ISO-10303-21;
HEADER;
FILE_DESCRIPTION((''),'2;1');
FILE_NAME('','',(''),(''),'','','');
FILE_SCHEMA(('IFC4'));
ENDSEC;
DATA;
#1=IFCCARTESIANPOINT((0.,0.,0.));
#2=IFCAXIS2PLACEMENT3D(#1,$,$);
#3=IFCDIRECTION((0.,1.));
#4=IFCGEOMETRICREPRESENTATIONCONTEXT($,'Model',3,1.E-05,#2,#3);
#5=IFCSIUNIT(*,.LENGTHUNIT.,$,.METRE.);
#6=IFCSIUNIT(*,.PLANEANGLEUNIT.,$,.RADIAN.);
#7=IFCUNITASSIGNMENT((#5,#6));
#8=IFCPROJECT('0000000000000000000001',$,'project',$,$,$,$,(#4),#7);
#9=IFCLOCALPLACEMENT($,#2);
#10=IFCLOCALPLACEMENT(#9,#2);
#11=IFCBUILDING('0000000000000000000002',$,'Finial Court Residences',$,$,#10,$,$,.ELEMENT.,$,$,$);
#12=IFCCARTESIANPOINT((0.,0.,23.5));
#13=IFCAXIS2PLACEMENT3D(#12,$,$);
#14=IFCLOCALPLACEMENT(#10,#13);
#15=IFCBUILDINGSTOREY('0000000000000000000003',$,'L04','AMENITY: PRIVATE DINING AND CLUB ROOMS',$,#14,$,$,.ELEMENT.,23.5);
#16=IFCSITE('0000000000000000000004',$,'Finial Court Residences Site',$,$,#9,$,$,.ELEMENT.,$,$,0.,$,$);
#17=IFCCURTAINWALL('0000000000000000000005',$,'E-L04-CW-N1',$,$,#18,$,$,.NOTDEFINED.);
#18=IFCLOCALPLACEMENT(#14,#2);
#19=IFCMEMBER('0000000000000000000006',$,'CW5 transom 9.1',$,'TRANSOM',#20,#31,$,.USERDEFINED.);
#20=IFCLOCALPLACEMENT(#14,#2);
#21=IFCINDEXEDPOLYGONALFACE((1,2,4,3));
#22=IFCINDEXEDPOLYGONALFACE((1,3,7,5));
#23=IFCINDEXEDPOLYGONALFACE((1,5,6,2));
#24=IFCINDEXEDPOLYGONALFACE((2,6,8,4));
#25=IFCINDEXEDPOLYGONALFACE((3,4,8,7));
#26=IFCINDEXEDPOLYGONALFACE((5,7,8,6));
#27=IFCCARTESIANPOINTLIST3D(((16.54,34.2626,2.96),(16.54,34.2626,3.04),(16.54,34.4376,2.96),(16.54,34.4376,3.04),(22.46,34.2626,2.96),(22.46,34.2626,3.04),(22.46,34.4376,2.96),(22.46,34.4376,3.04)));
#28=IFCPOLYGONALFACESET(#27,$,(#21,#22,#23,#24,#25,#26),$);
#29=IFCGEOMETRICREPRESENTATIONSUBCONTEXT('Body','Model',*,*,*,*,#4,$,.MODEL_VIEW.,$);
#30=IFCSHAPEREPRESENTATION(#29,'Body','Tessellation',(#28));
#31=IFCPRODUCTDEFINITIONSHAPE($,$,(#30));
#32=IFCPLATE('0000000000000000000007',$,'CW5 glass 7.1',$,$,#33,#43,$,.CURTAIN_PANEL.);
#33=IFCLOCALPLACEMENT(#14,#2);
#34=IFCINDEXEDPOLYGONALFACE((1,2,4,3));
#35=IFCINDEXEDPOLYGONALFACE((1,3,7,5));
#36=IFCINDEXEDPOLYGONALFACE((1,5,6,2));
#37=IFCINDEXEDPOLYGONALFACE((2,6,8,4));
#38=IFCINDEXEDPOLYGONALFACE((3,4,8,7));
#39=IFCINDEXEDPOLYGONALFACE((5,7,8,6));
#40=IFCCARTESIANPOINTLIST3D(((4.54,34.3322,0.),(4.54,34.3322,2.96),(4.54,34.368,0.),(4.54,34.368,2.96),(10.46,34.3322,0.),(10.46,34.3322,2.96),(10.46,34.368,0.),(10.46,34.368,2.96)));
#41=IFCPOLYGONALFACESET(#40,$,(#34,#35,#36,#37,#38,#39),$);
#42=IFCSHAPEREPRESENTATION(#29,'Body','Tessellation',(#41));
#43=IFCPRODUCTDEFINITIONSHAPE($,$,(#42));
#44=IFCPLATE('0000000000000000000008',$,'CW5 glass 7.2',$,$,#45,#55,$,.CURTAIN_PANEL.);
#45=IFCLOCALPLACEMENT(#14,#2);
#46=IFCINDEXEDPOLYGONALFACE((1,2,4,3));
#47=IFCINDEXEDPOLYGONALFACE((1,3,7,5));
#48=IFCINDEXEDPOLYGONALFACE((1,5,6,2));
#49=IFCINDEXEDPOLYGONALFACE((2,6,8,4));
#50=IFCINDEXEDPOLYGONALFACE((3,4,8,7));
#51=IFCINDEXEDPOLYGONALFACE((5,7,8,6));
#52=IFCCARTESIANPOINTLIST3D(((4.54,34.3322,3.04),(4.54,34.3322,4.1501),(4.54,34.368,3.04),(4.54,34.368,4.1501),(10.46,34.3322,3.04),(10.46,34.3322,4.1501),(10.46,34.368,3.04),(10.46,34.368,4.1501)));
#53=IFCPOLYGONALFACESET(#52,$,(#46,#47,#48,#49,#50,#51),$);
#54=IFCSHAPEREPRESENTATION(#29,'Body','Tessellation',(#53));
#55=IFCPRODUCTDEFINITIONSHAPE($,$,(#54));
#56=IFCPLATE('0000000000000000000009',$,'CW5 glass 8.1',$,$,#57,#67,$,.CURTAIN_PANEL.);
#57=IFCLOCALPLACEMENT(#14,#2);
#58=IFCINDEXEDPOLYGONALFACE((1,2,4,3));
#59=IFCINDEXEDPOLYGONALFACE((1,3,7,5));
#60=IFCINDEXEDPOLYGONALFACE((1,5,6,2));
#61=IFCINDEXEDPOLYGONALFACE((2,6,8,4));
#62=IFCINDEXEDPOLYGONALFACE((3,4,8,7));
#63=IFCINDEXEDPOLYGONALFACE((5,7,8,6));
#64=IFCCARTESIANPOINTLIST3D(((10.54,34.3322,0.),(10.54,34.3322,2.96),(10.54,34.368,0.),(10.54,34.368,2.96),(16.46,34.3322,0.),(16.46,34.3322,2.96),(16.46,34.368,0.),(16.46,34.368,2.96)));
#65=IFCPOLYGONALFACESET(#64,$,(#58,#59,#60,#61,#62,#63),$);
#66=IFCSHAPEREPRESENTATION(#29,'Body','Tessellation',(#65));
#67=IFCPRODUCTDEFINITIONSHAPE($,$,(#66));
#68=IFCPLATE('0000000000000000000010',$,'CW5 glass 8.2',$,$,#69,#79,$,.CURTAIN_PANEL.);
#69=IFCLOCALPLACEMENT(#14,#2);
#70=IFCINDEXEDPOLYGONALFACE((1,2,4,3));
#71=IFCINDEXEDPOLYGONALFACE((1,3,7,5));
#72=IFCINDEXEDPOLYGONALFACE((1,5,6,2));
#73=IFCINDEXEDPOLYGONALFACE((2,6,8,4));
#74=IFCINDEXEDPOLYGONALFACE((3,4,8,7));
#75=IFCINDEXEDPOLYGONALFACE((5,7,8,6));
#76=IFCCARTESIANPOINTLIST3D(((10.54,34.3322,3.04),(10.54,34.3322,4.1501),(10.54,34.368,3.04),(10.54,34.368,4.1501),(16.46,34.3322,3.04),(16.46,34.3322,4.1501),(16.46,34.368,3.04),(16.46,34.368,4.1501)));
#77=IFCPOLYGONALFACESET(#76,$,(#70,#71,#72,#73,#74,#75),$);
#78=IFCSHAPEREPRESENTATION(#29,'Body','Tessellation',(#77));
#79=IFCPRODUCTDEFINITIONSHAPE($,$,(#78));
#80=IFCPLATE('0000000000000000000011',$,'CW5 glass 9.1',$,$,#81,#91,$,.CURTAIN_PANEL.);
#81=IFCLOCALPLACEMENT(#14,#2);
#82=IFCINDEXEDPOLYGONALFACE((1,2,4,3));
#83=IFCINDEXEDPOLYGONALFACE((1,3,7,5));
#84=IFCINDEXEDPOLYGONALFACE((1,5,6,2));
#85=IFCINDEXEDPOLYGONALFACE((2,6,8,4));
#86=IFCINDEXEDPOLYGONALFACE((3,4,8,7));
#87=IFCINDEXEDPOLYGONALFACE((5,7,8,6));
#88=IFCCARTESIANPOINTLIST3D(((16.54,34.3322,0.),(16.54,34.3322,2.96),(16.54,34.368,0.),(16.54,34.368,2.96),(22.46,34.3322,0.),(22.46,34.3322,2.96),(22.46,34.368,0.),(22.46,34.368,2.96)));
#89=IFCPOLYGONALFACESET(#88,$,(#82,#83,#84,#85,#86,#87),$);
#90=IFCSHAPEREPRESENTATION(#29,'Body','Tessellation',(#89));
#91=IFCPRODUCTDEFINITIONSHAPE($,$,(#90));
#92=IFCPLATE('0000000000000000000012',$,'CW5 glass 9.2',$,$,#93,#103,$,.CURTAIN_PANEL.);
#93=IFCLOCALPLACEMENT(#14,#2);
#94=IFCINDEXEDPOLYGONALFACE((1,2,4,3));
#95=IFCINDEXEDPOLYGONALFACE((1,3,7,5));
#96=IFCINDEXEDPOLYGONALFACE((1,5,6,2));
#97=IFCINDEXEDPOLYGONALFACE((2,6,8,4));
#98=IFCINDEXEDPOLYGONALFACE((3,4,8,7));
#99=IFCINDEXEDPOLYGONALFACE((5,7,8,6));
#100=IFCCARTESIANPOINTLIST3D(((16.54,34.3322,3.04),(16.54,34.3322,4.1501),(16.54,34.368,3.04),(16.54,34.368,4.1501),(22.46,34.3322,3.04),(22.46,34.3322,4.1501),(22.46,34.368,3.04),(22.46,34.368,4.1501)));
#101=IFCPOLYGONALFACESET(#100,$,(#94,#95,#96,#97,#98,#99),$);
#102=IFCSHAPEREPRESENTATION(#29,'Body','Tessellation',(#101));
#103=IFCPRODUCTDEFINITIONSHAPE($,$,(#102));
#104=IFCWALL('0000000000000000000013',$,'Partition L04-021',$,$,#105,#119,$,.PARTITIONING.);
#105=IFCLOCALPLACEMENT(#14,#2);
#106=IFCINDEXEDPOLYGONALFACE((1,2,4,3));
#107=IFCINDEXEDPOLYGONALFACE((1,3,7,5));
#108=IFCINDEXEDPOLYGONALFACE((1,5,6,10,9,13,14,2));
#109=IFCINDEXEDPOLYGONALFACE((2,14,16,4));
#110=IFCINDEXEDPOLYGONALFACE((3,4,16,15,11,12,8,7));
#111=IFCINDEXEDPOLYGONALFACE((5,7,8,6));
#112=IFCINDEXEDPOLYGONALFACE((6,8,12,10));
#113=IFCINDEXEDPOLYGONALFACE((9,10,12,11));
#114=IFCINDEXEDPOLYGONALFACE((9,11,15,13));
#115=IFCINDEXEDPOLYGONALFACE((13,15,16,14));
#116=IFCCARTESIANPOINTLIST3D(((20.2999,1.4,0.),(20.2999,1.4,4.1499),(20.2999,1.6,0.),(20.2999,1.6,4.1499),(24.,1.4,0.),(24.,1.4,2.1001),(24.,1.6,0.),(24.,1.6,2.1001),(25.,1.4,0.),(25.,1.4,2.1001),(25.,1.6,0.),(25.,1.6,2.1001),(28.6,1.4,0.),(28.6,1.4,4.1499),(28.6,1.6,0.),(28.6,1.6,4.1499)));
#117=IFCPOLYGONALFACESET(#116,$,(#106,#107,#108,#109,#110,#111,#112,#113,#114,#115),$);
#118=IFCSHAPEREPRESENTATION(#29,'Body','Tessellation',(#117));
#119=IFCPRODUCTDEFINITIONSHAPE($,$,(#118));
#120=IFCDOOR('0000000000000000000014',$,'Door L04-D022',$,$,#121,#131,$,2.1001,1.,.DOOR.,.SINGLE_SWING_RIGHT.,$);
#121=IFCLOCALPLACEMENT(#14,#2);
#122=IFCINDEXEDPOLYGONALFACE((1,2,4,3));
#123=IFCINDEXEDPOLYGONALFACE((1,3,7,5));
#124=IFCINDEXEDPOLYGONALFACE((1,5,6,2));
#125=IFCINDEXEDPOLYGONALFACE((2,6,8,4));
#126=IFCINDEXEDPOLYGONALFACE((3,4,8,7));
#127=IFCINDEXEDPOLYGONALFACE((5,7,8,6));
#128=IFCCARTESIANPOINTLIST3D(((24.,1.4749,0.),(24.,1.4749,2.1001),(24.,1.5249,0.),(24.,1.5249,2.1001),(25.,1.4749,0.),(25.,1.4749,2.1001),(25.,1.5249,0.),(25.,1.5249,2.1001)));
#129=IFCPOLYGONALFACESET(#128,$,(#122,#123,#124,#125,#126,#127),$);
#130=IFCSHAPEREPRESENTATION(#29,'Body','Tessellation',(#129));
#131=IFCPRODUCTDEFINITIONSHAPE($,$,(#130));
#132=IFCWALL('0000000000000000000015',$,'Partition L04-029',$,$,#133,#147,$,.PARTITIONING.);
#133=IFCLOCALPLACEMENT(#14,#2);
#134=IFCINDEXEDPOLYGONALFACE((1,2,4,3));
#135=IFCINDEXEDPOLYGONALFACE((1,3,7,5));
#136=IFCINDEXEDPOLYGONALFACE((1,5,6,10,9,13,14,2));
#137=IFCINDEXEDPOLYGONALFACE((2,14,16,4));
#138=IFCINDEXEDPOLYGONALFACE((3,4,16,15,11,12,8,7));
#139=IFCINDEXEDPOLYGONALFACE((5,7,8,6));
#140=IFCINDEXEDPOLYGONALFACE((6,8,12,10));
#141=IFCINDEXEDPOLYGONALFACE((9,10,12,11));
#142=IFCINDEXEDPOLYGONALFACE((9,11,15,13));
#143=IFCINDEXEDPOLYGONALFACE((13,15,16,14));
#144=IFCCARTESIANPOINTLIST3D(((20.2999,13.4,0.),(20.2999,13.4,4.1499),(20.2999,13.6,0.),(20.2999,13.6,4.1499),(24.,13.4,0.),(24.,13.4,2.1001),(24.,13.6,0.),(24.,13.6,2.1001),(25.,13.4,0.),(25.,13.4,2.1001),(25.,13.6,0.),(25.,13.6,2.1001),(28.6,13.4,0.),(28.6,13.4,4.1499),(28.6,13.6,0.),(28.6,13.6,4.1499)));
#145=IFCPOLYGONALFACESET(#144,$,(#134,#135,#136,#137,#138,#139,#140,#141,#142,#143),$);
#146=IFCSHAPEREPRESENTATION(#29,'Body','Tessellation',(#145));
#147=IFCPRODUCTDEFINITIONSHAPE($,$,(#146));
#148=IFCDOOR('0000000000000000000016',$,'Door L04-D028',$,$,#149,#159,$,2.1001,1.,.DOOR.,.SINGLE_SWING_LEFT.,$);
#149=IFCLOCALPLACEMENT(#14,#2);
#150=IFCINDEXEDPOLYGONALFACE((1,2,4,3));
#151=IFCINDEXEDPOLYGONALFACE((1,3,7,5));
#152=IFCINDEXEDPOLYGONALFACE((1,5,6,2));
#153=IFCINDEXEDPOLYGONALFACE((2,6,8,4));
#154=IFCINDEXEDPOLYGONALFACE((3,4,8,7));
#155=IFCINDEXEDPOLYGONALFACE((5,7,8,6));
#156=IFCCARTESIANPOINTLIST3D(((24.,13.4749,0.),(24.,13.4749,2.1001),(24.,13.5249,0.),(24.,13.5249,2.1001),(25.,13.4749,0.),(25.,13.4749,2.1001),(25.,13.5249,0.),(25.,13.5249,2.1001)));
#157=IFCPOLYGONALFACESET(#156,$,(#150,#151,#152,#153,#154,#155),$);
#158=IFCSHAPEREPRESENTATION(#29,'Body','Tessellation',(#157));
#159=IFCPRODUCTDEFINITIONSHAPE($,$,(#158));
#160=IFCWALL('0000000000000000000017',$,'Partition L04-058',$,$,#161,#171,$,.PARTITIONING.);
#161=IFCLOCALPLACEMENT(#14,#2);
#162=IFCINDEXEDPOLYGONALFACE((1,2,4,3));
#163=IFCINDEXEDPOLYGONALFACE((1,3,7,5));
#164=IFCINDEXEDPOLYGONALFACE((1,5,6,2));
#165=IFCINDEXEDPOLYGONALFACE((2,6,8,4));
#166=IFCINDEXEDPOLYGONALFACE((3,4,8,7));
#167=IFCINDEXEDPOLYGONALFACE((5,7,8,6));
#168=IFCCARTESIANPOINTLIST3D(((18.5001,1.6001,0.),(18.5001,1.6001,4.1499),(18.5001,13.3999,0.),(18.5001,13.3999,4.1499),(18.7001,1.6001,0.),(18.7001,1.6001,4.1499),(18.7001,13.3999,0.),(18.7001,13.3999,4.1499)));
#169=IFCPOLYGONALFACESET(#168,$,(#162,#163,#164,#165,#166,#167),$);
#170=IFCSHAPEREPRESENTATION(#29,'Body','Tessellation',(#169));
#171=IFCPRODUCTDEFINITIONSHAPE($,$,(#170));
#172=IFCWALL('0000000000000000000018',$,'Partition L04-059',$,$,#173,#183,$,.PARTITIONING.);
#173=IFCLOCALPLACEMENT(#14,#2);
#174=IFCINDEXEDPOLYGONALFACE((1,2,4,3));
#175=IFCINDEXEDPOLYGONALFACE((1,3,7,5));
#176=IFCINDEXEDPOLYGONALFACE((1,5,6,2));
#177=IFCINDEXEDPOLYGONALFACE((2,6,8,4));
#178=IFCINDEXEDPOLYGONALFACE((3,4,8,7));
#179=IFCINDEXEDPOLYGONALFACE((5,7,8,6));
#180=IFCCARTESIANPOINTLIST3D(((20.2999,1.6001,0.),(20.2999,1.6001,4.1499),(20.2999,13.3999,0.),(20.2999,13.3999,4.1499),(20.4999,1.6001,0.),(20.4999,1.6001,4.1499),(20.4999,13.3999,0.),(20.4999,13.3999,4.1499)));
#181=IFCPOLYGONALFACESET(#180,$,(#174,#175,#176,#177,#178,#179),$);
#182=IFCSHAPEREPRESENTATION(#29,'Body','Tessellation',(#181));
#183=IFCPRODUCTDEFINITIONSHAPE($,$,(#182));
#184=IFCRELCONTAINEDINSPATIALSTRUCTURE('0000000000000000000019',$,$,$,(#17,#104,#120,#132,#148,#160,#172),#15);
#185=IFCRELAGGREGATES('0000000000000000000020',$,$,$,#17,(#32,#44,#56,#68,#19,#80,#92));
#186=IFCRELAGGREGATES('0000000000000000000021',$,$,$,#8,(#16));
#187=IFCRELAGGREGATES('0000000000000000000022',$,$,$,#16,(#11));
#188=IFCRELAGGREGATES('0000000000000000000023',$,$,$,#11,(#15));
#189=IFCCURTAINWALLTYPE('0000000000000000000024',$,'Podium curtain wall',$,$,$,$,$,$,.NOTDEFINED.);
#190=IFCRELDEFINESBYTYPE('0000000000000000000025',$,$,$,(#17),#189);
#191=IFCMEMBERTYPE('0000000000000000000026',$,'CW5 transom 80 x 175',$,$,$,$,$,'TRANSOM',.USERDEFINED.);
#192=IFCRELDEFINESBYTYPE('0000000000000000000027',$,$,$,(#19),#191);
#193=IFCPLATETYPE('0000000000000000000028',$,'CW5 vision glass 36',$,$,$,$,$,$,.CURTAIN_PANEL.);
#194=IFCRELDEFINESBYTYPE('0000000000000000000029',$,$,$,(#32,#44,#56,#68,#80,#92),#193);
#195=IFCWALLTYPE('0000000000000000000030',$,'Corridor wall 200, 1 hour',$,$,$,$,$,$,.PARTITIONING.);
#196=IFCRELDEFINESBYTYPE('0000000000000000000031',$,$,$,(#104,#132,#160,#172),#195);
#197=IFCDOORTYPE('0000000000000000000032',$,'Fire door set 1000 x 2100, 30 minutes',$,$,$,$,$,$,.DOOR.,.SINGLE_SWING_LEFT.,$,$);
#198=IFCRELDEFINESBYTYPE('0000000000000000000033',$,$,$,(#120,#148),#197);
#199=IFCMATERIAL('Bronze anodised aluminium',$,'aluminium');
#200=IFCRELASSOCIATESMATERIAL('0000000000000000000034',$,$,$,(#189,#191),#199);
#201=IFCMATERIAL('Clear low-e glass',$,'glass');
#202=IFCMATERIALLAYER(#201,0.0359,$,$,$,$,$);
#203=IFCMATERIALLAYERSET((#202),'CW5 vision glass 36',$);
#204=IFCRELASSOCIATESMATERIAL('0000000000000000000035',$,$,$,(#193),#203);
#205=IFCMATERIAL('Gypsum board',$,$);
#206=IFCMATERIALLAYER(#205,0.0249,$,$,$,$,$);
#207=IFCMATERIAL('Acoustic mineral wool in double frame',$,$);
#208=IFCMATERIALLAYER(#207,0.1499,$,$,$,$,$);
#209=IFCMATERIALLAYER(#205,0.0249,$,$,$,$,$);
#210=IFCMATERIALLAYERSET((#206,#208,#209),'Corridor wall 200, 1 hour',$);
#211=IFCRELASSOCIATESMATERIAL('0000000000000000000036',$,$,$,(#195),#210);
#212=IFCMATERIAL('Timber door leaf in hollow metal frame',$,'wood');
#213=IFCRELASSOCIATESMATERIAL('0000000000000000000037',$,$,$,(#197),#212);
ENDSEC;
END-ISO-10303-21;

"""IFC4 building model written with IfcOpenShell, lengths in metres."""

from ifc_helpers import new_model, si_unit, direction, frame, frame_2d, origin, origin_2d, place, context, subcontext, project, spatial, rectangle, extrude, material, layer, layer_set, material_profile, profile_set, type_object, element, fill, aggregate, save


model = new_model("IFC4")

# Units and contexts
model_context = context("Model", 3, precision=1e-05, world=origin(), true_north=direction((0.0, 1.0)))
body_context = subcontext(model_context, "Body", "Model", "MODEL_VIEW")
ifc_project = project(units=[si_unit("LENGTHUNIT", "METRE"), si_unit("PLANEANGLEUNIT", "RADIAN")], contexts=[model_context])

# Site, building, storey
site_placement = place(None, origin())
site = spatial("IfcSite", under=ifc_project, at=site_placement, Name="Finial Court Residences Site", CompositionType="ELEMENT", RefElevation=0.0)
building_placement = place(site_placement, origin())
building = spatial("IfcBuilding", under=site, at=building_placement, Name="Finial Court Residences", CompositionType="ELEMENT")
storey_placement = place(building_placement, frame((0.0, 0.0, 23.5)))
storey = spatial("IfcBuildingStorey", under=building, at=storey_placement, Name="L04", Description="AMENITY: PRIVATE DINING AND CLUB ROOMS", CompositionType="ELEMENT", Elevation=23.5)

# Curtain wall, member, plates
ifc_material_1 = material(Name="Bronze anodised aluminium", Category="aluminium")
curtain_wall_type = type_object("IfcCurtainWallType", Name="Podium curtain wall", PredefinedType="NOTDEFINED", material=ifc_material_1)
curtain_wall_placement = place(storey_placement, origin())
curtain_wall = element("IfcCurtainWall", 1, at=curtain_wall_placement, inside=storey, type_object=curtain_wall_type, Name="E-L04-CW-N1", PredefinedType="NOTDEFINED")
ifc_material_profile_1 = material_profile(ifc_material_1, rectangle(XDim=0.175, YDim=0.0801, at=origin_2d()), Name="CW5 transom 80 x 175")
ifc_profile_set_1 = profile_set([ifc_material_profile_1], Name="Bronze anodised aluminium")
member_type_1 = type_object("IfcMemberType", Name="CW5 transom 80 x 175", ElementType="TRANSOM", PredefinedType="USERDEFINED", material=ifc_profile_set_1)
member_1_placement = place(storey_placement, frame((16.54, 34.3501, 3.0), z_axis=(1.0, 0.0, 0.0), x_axis=(0.0, 1.0, 0.0)))
member_1 = element("IfcMember", 2, at=member_1_placement, type_object=member_type_1, Name="CW5 transom 9.1", ObjectType="TRANSOM", PredefinedType="USERDEFINED", context=body_context, shape_type="SweptSolid", body=[
    extrude(rectangle(XDim=0.175, YDim=0.0801, at=origin_2d()), origin(), (0.0, 0.0, 1.0), 5.9199),
])
ifc_material_2 = material(Name="Clear low-e glass", Category="glass")
ifc_layer_1 = layer(ifc_material_2, 0.0359)
ifc_layer_set_1 = layer_set([ifc_layer_1], Name="CW5 vision glass 36")
plate_type = type_object("IfcPlateType", Name="CW5 vision glass 36", PredefinedType="CURTAIN_PANEL", material=ifc_layer_set_1)
plate_1_placement = place(storey_placement, frame((7.5, 34.3501, 0.0), z_axis=(0.0, 0.0, 1.0), x_axis=(1.0, 0.0, 0.0)))
plate_1 = element("IfcPlate", 3, at=plate_1_placement, type_object=plate_type, Name="CW5 glass 7.1", PredefinedType="CURTAIN_PANEL", context=body_context, shape_type="SweptSolid", body=[
    extrude(rectangle(XDim=5.9199, YDim=0.0359, at=origin_2d()), origin(), (0.0, 0.0, 1.0), 2.96),
])
plate_2_placement = place(storey_placement, frame((7.5, 34.3501, 3.04), z_axis=(0.0, 0.0, 1.0), x_axis=(1.0, 0.0, 0.0)))
plate_2 = element("IfcPlate", 4, at=plate_2_placement, type_object=plate_type, Name="CW5 glass 7.2", PredefinedType="CURTAIN_PANEL", context=body_context, shape_type="SweptSolid", body=[
    extrude(rectangle(XDim=5.9199, YDim=0.0359, at=origin_2d()), origin(), (0.0, 0.0, 1.0), 1.1101),
])
plate_3_placement = place(storey_placement, frame((13.5, 34.3501, 0.0), z_axis=(0.0, 0.0, 1.0), x_axis=(1.0, 0.0, 0.0)))
plate_3 = element("IfcPlate", 5, at=plate_3_placement, type_object=plate_type, Name="CW5 glass 8.1", PredefinedType="CURTAIN_PANEL", context=body_context, shape_type="SweptSolid", body=[
    extrude(rectangle(XDim=5.9199, YDim=0.0359, at=origin_2d()), origin(), (0.0, 0.0, 1.0), 2.96),
])
plate_4_placement = place(storey_placement, frame((13.5, 34.3501, 3.04), z_axis=(0.0, 0.0, 1.0), x_axis=(1.0, 0.0, 0.0)))
plate_4 = element("IfcPlate", 6, at=plate_4_placement, type_object=plate_type, Name="CW5 glass 8.2", PredefinedType="CURTAIN_PANEL", context=body_context, shape_type="SweptSolid", body=[
    extrude(rectangle(XDim=5.9199, YDim=0.0359, at=origin_2d()), origin(), (0.0, 0.0, 1.0), 1.1101),
])
plate_5_placement = place(storey_placement, frame((19.5, 34.3501, 0.0), z_axis=(0.0, 0.0, 1.0), x_axis=(1.0, 0.0, 0.0)))
plate_5 = element("IfcPlate", 7, at=plate_5_placement, type_object=plate_type, Name="CW5 glass 9.1", PredefinedType="CURTAIN_PANEL", context=body_context, shape_type="SweptSolid", body=[
    extrude(rectangle(XDim=5.9199, YDim=0.0359, at=origin_2d()), origin(), (0.0, 0.0, 1.0), 2.96),
])
plate_6_placement = place(storey_placement, frame((19.5, 34.3501, 3.04), z_axis=(0.0, 0.0, 1.0), x_axis=(1.0, 0.0, 0.0)))
plate_6 = element("IfcPlate", 8, at=plate_6_placement, type_object=plate_type, Name="CW5 glass 9.2", PredefinedType="CURTAIN_PANEL", context=body_context, shape_type="SweptSolid", body=[
    extrude(rectangle(XDim=5.9199, YDim=0.0359, at=origin_2d()), origin(), (0.0, 0.0, 1.0), 1.1101),
])
aggregate(curtain_wall, [plate_1, plate_2, plate_3, plate_4, member_1, plate_5, plate_6])

# Walls, openings, doors
ifc_material_3 = material(Name="Gypsum board")
ifc_layer_2 = layer(ifc_material_3, 0.0249)
ifc_material_4 = material(Name="Acoustic mineral wool in double frame")
ifc_layer_3 = layer(ifc_material_4, 0.1499)
ifc_layer_4 = layer(ifc_material_3, 0.0249)
ifc_layer_set_2 = layer_set([ifc_layer_2, ifc_layer_3, ifc_layer_4], Name="Corridor wall 200, 1 hour")
wall_type_1 = type_object("IfcWallType", Name="Corridor wall 200, 1 hour", PredefinedType="PARTITIONING", material=ifc_layer_set_2)
wall_1_placement = place(storey_placement, frame((20.3, 1.5, 0.0), z_axis=(0.0, 0.0, 1.0), x_axis=(1.0, 0.0, 0.0)))
wall_1 = element("IfcWall", 9, at=wall_1_placement, inside=storey, type_object=wall_type_1, Name="Partition L04-021", PredefinedType="PARTITIONING", context=body_context, shape_type="SweptSolid", body=[
    extrude(rectangle(XDim=8.3, YDim=0.2, at=frame_2d((4.1499, 0.0))), origin(), (0.0, 0.0, 1.0), 4.1499),
])
opening_1_placement = place(wall_1_placement, frame((3.7, 0.0, 0.0)))
opening_1 = element("IfcOpeningElement", 10, at=opening_1_placement, cuts=wall_1, PredefinedType="OPENING", context=body_context, shape_type="SweptSolid", body=[
    extrude(rectangle(XDim=1.0, YDim=2.1001, at=frame_2d((0.5, 1.05))), frame((0.0, 0.1099, 0.0), z_axis=(0.0, -1.0, 0.0), x_axis=(1.0, 0.0, 0.0)), (0.0, 0.0, 1.0), 0.22),
])
ifc_material_5 = material(Name="Timber door leaf in hollow metal frame", Category="wood")
door_type = type_object("IfcDoorType", Name="Fire door set 1000 x 2100, 30 minutes", OperationType="SINGLE_SWING_LEFT", PredefinedType="DOOR", material=ifc_material_5)
door_1_placement = place(opening_1_placement, origin())
door_1 = element("IfcDoor", 11, at=door_1_placement, inside=storey, type_object=door_type, Name="Door L04-D022", OperationType="SINGLE_SWING_RIGHT", OverallHeight=2.1001, OverallWidth=1.0, PredefinedType="DOOR", context=body_context, shape_type="SweptSolid", body=[
    extrude(rectangle(XDim=1.0, YDim=2.1001, at=frame_2d((0.5, 1.05))), frame((0.0, 0.0249, 0.0), z_axis=(0.0, -1.0, 0.0), x_axis=(1.0, 0.0, 0.0)), (0.0, 0.0, 1.0), 0.05),
])
fill(opening_1, door_1)
wall_2_placement = place(storey_placement, frame((20.3, 13.5, 0.0), z_axis=(0.0, 0.0, 1.0), x_axis=(1.0, 0.0, 0.0)))
wall_2 = element("IfcWall", 12, at=wall_2_placement, inside=storey, type_object=wall_type_1, Name="Partition L04-029", PredefinedType="PARTITIONING", context=body_context, shape_type="SweptSolid", body=[
    extrude(rectangle(XDim=8.3, YDim=0.2, at=frame_2d((4.1499, 0.0))), origin(), (0.0, 0.0, 1.0), 4.1499),
])
opening_2_placement = place(wall_2_placement, frame((3.7, 0.0, 0.0)))
opening_2 = element("IfcOpeningElement", 13, at=opening_2_placement, cuts=wall_2, PredefinedType="OPENING", context=body_context, shape_type="SweptSolid", body=[
    extrude(rectangle(XDim=1.0, YDim=2.1001, at=frame_2d((0.5, 1.05))), frame((0.0, 0.1099, 0.0), z_axis=(0.0, -1.0, 0.0), x_axis=(1.0, 0.0, 0.0)), (0.0, 0.0, 1.0), 0.22),
])
door_2_placement = place(opening_2_placement, origin())
door_2 = element("IfcDoor", 14, at=door_2_placement, inside=storey, type_object=door_type, Name="Door L04-D028", OperationType="SINGLE_SWING_LEFT", OverallHeight=2.1001, OverallWidth=1.0, PredefinedType="DOOR", context=body_context, shape_type="SweptSolid", body=[
    extrude(rectangle(XDim=1.0, YDim=2.1001, at=frame_2d((0.5, 1.05))), frame((0.0, 0.0249, 0.0), z_axis=(0.0, -1.0, 0.0), x_axis=(1.0, 0.0, 0.0)), (0.0, 0.0, 1.0), 0.05),
])
fill(opening_2, door_2)

# Walls
for number, where, z_axis, x_axis, name in (
    (15, (18.6001, 1.6001, 0.0), (0.0, 0.0, 1.0), (0.0, 1.0, 0.0), "Partition L04-058"),
    (16, (20.3999, 1.6001, 0.0), (0.0, 0.0, 1.0), (0.0, 1.0, 0.0), "Partition L04-059"),
):
    element("IfcWall", number, at=place(storey_placement, frame(where, z_axis=z_axis, x_axis=x_axis)), inside=storey, type_object=wall_type_1, Name=name, PredefinedType="PARTITIONING", context=body_context, shape_type="SweptSolid", body=[
        extrude(rectangle(XDim=11.7998, YDim=0.2, at=frame_2d((5.8999, 0.0))), origin(), (0.0, 0.0, 1.0), 4.1499),
    ])

save(model, "model.ifc")
